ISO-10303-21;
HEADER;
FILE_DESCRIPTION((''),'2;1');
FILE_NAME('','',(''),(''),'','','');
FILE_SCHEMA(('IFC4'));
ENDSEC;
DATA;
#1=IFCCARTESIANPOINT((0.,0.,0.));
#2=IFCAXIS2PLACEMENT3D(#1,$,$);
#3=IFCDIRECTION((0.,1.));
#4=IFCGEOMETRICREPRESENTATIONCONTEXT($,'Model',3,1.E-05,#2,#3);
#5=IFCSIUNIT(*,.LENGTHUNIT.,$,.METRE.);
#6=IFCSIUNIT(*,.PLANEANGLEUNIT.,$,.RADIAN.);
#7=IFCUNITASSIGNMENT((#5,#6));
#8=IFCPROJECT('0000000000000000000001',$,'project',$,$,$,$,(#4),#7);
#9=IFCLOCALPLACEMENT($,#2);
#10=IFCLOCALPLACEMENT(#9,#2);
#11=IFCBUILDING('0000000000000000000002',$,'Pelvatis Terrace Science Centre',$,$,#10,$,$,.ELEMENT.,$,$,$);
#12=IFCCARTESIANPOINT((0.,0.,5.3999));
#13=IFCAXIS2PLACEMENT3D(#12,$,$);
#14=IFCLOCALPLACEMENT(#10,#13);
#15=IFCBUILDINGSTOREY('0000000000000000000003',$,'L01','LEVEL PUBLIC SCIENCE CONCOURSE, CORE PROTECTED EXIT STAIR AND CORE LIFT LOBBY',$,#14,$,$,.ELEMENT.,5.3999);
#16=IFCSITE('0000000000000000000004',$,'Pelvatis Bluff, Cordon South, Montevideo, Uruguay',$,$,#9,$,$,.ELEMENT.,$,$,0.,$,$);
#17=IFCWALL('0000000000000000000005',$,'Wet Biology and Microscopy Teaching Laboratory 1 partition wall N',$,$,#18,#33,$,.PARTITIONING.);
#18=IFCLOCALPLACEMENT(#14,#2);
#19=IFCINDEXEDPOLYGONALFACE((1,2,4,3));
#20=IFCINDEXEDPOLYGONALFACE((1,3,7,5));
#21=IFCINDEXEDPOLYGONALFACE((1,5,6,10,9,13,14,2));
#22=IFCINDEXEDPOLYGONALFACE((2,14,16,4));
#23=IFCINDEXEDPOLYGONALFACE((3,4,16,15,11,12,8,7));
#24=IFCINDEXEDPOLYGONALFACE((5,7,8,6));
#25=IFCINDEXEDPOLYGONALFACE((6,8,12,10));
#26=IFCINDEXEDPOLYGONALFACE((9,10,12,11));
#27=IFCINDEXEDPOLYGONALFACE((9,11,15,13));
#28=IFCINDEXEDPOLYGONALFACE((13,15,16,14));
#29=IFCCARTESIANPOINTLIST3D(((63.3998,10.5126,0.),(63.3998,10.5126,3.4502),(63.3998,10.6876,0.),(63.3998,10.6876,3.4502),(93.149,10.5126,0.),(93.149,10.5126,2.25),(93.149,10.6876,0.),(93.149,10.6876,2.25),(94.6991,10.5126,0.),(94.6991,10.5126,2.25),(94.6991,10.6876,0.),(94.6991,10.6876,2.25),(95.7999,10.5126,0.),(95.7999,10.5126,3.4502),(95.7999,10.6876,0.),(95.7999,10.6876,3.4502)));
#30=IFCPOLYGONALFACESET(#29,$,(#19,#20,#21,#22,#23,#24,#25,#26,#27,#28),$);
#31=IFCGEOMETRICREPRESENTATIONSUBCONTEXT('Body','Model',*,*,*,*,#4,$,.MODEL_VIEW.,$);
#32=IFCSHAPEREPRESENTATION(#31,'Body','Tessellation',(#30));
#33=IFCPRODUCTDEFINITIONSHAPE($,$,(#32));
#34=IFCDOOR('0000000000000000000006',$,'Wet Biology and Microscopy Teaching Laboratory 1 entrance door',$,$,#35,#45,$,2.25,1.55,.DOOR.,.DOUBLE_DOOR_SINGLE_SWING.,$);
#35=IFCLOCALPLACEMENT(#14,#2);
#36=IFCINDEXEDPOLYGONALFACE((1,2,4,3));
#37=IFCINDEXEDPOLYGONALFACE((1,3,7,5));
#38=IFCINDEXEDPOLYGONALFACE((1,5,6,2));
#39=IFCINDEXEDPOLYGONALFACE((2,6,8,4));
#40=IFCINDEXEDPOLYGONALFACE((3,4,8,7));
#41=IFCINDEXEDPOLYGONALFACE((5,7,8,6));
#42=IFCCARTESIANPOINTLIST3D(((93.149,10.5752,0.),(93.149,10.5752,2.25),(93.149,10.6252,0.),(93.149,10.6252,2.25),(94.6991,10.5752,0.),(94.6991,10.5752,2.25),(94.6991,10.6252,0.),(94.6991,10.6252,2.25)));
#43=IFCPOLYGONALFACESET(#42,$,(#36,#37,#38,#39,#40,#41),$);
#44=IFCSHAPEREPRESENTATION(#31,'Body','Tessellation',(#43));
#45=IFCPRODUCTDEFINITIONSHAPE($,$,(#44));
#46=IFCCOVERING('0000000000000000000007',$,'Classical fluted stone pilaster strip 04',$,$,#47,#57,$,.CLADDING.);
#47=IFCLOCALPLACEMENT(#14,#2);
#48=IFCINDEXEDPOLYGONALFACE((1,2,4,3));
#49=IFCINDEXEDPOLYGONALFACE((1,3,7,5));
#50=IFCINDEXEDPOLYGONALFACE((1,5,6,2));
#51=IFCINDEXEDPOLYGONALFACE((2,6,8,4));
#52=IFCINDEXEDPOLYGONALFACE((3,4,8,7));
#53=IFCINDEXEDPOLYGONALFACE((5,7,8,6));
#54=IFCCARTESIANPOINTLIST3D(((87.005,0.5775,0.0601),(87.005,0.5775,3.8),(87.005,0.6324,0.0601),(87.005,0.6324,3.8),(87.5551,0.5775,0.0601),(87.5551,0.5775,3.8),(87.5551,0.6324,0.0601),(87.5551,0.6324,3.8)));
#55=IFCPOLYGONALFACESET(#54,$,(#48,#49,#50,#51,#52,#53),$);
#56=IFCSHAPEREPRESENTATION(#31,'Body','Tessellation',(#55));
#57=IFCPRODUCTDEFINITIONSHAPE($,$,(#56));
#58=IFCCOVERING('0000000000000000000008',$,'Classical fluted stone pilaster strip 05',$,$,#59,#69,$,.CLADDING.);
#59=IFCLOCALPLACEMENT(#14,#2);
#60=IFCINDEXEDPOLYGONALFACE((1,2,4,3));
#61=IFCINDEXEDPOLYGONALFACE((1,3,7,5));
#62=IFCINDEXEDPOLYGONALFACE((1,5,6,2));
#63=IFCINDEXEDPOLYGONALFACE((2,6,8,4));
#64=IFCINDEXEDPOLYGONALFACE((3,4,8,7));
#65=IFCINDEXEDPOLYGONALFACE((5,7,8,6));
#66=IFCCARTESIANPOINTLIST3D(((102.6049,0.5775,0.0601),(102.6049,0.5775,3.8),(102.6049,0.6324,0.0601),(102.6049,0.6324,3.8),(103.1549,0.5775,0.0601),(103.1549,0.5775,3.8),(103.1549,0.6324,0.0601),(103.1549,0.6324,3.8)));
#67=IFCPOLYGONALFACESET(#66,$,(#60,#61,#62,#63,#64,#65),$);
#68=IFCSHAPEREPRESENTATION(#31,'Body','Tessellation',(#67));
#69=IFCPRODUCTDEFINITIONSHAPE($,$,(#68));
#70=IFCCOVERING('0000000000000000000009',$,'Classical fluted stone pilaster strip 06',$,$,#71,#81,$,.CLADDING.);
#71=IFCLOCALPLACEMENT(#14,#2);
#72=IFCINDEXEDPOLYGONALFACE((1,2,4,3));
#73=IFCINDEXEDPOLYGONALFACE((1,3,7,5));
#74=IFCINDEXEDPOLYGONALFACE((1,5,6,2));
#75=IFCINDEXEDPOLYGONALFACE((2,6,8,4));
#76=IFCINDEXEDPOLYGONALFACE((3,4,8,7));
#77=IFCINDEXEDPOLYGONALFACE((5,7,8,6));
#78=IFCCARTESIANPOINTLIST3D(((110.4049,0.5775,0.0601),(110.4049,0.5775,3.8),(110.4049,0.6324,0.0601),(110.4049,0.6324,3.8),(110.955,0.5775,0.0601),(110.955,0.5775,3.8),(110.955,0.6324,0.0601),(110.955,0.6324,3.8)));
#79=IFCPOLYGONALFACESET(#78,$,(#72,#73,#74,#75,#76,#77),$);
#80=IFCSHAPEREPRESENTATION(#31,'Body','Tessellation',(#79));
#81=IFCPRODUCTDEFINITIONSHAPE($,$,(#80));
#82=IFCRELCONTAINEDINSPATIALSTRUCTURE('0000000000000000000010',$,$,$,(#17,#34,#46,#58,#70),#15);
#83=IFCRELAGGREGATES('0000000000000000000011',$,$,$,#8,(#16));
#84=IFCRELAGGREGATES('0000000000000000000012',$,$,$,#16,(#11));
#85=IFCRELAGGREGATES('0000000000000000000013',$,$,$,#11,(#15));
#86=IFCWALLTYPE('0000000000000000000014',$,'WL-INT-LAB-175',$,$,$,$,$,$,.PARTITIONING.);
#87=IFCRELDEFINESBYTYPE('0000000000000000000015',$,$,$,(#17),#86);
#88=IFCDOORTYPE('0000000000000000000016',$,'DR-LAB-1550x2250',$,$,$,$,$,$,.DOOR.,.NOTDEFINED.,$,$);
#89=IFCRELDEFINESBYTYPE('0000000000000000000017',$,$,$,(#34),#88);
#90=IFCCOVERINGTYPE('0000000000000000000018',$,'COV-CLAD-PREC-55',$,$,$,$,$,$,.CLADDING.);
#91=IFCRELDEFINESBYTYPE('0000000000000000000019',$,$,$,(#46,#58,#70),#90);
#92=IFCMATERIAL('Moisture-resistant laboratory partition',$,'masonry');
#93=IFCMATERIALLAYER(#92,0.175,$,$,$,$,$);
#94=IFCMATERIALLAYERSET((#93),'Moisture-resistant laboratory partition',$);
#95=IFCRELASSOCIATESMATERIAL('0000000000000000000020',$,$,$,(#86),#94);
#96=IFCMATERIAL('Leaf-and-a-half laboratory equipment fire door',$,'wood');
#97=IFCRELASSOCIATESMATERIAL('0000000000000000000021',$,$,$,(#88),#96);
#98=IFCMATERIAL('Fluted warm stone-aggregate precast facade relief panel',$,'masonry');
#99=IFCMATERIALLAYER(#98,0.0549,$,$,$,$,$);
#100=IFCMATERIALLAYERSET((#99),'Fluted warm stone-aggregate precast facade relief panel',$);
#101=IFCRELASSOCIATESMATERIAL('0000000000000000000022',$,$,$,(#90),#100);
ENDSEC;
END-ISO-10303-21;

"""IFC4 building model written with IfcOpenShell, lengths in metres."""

from ifc_helpers import new_model, si_unit, direction, frame, frame_2d, origin, origin_2d, place, context, subcontext, project, spatial, rectangle, extrude, material, layer, layer_set, type_object, element, fill, save


model = new_model("IFC4")

# Units and contexts
model_context = context("Model", 3, precision=1e-05, world=origin(), true_north=direction((0.0, 1.0)))
body_context = subcontext(model_context, "Body", "Model", "MODEL_VIEW")
ifc_project = project(units=[si_unit("LENGTHUNIT", "METRE"), si_unit("PLANEANGLEUNIT", "RADIAN")], contexts=[model_context])

# Site, building, storey
site_placement = place(None, origin())
site = spatial("IfcSite", under=ifc_project, at=site_placement, Name="Pelvatis Bluff, Cordon South, Montevideo, Uruguay", CompositionType="ELEMENT", RefElevation=0.0)
building_placement = place(site_placement, origin())
building = spatial("IfcBuilding", under=site, at=building_placement, Name="Pelvatis Terrace Science Centre", CompositionType="ELEMENT")
storey_placement = place(building_placement, frame((0.0, 0.0, 5.3999)))
storey = spatial("IfcBuildingStorey", under=building, at=storey_placement, Name="L01", Description="LEVEL PUBLIC SCIENCE CONCOURSE, CORE PROTECTED EXIT STAIR AND CORE LIFT LOBBY", CompositionType="ELEMENT", Elevation=5.3999)

# Shared definitions
ifc_material_1 = material(Name="Moisture-resistant laboratory partition", Category="masonry")
ifc_layer_1 = layer(ifc_material_1, 0.175)
ifc_layer_set_1 = layer_set([ifc_layer_1], Name="Moisture-resistant laboratory partition")
wall_type = type_object("IfcWallType", Name="WL-INT-LAB-175", PredefinedType="PARTITIONING", material=ifc_layer_set_1)

# Wall, opening, door
wall_1_placement = place(storey_placement, frame((95.8, 10.6001, 0.0), z_axis=(0.0, 0.0, 1.0), x_axis=(-1.0, 0.0, 0.0)))
wall_1 = element("IfcWall", 1, at=wall_1_placement, inside=storey, type_object=wall_type, Name="Wet Biology and Microscopy Teaching Laboratory 1 partition wall N", PredefinedType="PARTITIONING", context=body_context, shape_type="SweptSolid", body=[
    extrude(rectangle(XDim=32.4001, YDim=0.175, at=frame_2d((16.2002, 0.0))), origin(), (0.0, 0.0, 1.0), 3.4502),
])
opening_placement = place(wall_1_placement, frame((1.1011, 0.0, 0.0)))
opening = element("IfcOpeningElement", 2, at=opening_placement, cuts=wall_1, PredefinedType="OPENING", context=body_context, shape_type="SweptSolid", body=[
    extrude(rectangle(XDim=1.55, YDim=2.25, at=frame_2d((0.7749, 1.125))), frame((0.0, 0.0974, 0.0), z_axis=(0.0, -1.0, 0.0), x_axis=(1.0, 0.0, 0.0)), (0.0, 0.0, 1.0), 0.1951),
])
ifc_material_2 = material(Name="Leaf-and-a-half laboratory equipment fire door", Category="wood")
door_type = type_object("IfcDoorType", Name="DR-LAB-1550x2250", OperationType="NOTDEFINED", PredefinedType="DOOR", material=ifc_material_2)
door_placement = place(opening_placement, origin())
door = element("IfcDoor", 3, at=door_placement, inside=storey, type_object=door_type, Name="Wet Biology and Microscopy Teaching Laboratory 1 entrance door", OperationType="DOUBLE_DOOR_SINGLE_SWING", OverallHeight=2.25, OverallWidth=1.55, PredefinedType="DOOR", context=body_context, shape_type="SweptSolid", body=[
    extrude(rectangle(XDim=1.55, YDim=2.25, at=frame_2d((0.7749, 1.125))), frame((0.0, 0.0249, 0.0), z_axis=(0.0, -1.0, 0.0), x_axis=(1.0, 0.0, 0.0)), (0.0, 0.0, 1.0), 0.05),
])
fill(opening, door)

# Coverings
ifc_material_3 = material(Name="Fluted warm stone-aggregate precast facade relief panel", Category="masonry")
ifc_layer_2 = layer(ifc_material_3, 0.0549)
ifc_layer_set_2 = layer_set([ifc_layer_2], Name="Fluted warm stone-aggregate precast facade relief panel")
covering_type = type_object("IfcCoveringType", Name="COV-CLAD-PREC-55", PredefinedType="CLADDING", material=ifc_layer_set_2)
for number, where, z_axis, x_axis, name in (
    (4, (87.28, 0.605, 0.0601), (0.0, 0.0, 1.0), (1.0, 0.0, 0.0), "Classical fluted stone pilaster strip 04"),
    (5, (102.8799, 0.605, 0.0601), (0.0, 0.0, 1.0), (1.0, 0.0, 0.0), "Classical fluted stone pilaster strip 05"),
    (6, (110.6799, 0.605, 0.0601), (0.0, 0.0, 1.0), (1.0, 0.0, 0.0), "Classical fluted stone pilaster strip 06"),
):
    element("IfcCovering", number, at=place(storey_placement, frame(where, z_axis=z_axis, x_axis=x_axis)), inside=storey, type_object=covering_type, Name=name, PredefinedType="CLADDING", context=body_context, shape_type="SweptSolid", body=[
        extrude(rectangle(XDim=0.55, YDim=0.0549, at=origin_2d()), origin(), (0.0, 0.0, 1.0), 3.74),
    ])

save(model, "model.ifc")
